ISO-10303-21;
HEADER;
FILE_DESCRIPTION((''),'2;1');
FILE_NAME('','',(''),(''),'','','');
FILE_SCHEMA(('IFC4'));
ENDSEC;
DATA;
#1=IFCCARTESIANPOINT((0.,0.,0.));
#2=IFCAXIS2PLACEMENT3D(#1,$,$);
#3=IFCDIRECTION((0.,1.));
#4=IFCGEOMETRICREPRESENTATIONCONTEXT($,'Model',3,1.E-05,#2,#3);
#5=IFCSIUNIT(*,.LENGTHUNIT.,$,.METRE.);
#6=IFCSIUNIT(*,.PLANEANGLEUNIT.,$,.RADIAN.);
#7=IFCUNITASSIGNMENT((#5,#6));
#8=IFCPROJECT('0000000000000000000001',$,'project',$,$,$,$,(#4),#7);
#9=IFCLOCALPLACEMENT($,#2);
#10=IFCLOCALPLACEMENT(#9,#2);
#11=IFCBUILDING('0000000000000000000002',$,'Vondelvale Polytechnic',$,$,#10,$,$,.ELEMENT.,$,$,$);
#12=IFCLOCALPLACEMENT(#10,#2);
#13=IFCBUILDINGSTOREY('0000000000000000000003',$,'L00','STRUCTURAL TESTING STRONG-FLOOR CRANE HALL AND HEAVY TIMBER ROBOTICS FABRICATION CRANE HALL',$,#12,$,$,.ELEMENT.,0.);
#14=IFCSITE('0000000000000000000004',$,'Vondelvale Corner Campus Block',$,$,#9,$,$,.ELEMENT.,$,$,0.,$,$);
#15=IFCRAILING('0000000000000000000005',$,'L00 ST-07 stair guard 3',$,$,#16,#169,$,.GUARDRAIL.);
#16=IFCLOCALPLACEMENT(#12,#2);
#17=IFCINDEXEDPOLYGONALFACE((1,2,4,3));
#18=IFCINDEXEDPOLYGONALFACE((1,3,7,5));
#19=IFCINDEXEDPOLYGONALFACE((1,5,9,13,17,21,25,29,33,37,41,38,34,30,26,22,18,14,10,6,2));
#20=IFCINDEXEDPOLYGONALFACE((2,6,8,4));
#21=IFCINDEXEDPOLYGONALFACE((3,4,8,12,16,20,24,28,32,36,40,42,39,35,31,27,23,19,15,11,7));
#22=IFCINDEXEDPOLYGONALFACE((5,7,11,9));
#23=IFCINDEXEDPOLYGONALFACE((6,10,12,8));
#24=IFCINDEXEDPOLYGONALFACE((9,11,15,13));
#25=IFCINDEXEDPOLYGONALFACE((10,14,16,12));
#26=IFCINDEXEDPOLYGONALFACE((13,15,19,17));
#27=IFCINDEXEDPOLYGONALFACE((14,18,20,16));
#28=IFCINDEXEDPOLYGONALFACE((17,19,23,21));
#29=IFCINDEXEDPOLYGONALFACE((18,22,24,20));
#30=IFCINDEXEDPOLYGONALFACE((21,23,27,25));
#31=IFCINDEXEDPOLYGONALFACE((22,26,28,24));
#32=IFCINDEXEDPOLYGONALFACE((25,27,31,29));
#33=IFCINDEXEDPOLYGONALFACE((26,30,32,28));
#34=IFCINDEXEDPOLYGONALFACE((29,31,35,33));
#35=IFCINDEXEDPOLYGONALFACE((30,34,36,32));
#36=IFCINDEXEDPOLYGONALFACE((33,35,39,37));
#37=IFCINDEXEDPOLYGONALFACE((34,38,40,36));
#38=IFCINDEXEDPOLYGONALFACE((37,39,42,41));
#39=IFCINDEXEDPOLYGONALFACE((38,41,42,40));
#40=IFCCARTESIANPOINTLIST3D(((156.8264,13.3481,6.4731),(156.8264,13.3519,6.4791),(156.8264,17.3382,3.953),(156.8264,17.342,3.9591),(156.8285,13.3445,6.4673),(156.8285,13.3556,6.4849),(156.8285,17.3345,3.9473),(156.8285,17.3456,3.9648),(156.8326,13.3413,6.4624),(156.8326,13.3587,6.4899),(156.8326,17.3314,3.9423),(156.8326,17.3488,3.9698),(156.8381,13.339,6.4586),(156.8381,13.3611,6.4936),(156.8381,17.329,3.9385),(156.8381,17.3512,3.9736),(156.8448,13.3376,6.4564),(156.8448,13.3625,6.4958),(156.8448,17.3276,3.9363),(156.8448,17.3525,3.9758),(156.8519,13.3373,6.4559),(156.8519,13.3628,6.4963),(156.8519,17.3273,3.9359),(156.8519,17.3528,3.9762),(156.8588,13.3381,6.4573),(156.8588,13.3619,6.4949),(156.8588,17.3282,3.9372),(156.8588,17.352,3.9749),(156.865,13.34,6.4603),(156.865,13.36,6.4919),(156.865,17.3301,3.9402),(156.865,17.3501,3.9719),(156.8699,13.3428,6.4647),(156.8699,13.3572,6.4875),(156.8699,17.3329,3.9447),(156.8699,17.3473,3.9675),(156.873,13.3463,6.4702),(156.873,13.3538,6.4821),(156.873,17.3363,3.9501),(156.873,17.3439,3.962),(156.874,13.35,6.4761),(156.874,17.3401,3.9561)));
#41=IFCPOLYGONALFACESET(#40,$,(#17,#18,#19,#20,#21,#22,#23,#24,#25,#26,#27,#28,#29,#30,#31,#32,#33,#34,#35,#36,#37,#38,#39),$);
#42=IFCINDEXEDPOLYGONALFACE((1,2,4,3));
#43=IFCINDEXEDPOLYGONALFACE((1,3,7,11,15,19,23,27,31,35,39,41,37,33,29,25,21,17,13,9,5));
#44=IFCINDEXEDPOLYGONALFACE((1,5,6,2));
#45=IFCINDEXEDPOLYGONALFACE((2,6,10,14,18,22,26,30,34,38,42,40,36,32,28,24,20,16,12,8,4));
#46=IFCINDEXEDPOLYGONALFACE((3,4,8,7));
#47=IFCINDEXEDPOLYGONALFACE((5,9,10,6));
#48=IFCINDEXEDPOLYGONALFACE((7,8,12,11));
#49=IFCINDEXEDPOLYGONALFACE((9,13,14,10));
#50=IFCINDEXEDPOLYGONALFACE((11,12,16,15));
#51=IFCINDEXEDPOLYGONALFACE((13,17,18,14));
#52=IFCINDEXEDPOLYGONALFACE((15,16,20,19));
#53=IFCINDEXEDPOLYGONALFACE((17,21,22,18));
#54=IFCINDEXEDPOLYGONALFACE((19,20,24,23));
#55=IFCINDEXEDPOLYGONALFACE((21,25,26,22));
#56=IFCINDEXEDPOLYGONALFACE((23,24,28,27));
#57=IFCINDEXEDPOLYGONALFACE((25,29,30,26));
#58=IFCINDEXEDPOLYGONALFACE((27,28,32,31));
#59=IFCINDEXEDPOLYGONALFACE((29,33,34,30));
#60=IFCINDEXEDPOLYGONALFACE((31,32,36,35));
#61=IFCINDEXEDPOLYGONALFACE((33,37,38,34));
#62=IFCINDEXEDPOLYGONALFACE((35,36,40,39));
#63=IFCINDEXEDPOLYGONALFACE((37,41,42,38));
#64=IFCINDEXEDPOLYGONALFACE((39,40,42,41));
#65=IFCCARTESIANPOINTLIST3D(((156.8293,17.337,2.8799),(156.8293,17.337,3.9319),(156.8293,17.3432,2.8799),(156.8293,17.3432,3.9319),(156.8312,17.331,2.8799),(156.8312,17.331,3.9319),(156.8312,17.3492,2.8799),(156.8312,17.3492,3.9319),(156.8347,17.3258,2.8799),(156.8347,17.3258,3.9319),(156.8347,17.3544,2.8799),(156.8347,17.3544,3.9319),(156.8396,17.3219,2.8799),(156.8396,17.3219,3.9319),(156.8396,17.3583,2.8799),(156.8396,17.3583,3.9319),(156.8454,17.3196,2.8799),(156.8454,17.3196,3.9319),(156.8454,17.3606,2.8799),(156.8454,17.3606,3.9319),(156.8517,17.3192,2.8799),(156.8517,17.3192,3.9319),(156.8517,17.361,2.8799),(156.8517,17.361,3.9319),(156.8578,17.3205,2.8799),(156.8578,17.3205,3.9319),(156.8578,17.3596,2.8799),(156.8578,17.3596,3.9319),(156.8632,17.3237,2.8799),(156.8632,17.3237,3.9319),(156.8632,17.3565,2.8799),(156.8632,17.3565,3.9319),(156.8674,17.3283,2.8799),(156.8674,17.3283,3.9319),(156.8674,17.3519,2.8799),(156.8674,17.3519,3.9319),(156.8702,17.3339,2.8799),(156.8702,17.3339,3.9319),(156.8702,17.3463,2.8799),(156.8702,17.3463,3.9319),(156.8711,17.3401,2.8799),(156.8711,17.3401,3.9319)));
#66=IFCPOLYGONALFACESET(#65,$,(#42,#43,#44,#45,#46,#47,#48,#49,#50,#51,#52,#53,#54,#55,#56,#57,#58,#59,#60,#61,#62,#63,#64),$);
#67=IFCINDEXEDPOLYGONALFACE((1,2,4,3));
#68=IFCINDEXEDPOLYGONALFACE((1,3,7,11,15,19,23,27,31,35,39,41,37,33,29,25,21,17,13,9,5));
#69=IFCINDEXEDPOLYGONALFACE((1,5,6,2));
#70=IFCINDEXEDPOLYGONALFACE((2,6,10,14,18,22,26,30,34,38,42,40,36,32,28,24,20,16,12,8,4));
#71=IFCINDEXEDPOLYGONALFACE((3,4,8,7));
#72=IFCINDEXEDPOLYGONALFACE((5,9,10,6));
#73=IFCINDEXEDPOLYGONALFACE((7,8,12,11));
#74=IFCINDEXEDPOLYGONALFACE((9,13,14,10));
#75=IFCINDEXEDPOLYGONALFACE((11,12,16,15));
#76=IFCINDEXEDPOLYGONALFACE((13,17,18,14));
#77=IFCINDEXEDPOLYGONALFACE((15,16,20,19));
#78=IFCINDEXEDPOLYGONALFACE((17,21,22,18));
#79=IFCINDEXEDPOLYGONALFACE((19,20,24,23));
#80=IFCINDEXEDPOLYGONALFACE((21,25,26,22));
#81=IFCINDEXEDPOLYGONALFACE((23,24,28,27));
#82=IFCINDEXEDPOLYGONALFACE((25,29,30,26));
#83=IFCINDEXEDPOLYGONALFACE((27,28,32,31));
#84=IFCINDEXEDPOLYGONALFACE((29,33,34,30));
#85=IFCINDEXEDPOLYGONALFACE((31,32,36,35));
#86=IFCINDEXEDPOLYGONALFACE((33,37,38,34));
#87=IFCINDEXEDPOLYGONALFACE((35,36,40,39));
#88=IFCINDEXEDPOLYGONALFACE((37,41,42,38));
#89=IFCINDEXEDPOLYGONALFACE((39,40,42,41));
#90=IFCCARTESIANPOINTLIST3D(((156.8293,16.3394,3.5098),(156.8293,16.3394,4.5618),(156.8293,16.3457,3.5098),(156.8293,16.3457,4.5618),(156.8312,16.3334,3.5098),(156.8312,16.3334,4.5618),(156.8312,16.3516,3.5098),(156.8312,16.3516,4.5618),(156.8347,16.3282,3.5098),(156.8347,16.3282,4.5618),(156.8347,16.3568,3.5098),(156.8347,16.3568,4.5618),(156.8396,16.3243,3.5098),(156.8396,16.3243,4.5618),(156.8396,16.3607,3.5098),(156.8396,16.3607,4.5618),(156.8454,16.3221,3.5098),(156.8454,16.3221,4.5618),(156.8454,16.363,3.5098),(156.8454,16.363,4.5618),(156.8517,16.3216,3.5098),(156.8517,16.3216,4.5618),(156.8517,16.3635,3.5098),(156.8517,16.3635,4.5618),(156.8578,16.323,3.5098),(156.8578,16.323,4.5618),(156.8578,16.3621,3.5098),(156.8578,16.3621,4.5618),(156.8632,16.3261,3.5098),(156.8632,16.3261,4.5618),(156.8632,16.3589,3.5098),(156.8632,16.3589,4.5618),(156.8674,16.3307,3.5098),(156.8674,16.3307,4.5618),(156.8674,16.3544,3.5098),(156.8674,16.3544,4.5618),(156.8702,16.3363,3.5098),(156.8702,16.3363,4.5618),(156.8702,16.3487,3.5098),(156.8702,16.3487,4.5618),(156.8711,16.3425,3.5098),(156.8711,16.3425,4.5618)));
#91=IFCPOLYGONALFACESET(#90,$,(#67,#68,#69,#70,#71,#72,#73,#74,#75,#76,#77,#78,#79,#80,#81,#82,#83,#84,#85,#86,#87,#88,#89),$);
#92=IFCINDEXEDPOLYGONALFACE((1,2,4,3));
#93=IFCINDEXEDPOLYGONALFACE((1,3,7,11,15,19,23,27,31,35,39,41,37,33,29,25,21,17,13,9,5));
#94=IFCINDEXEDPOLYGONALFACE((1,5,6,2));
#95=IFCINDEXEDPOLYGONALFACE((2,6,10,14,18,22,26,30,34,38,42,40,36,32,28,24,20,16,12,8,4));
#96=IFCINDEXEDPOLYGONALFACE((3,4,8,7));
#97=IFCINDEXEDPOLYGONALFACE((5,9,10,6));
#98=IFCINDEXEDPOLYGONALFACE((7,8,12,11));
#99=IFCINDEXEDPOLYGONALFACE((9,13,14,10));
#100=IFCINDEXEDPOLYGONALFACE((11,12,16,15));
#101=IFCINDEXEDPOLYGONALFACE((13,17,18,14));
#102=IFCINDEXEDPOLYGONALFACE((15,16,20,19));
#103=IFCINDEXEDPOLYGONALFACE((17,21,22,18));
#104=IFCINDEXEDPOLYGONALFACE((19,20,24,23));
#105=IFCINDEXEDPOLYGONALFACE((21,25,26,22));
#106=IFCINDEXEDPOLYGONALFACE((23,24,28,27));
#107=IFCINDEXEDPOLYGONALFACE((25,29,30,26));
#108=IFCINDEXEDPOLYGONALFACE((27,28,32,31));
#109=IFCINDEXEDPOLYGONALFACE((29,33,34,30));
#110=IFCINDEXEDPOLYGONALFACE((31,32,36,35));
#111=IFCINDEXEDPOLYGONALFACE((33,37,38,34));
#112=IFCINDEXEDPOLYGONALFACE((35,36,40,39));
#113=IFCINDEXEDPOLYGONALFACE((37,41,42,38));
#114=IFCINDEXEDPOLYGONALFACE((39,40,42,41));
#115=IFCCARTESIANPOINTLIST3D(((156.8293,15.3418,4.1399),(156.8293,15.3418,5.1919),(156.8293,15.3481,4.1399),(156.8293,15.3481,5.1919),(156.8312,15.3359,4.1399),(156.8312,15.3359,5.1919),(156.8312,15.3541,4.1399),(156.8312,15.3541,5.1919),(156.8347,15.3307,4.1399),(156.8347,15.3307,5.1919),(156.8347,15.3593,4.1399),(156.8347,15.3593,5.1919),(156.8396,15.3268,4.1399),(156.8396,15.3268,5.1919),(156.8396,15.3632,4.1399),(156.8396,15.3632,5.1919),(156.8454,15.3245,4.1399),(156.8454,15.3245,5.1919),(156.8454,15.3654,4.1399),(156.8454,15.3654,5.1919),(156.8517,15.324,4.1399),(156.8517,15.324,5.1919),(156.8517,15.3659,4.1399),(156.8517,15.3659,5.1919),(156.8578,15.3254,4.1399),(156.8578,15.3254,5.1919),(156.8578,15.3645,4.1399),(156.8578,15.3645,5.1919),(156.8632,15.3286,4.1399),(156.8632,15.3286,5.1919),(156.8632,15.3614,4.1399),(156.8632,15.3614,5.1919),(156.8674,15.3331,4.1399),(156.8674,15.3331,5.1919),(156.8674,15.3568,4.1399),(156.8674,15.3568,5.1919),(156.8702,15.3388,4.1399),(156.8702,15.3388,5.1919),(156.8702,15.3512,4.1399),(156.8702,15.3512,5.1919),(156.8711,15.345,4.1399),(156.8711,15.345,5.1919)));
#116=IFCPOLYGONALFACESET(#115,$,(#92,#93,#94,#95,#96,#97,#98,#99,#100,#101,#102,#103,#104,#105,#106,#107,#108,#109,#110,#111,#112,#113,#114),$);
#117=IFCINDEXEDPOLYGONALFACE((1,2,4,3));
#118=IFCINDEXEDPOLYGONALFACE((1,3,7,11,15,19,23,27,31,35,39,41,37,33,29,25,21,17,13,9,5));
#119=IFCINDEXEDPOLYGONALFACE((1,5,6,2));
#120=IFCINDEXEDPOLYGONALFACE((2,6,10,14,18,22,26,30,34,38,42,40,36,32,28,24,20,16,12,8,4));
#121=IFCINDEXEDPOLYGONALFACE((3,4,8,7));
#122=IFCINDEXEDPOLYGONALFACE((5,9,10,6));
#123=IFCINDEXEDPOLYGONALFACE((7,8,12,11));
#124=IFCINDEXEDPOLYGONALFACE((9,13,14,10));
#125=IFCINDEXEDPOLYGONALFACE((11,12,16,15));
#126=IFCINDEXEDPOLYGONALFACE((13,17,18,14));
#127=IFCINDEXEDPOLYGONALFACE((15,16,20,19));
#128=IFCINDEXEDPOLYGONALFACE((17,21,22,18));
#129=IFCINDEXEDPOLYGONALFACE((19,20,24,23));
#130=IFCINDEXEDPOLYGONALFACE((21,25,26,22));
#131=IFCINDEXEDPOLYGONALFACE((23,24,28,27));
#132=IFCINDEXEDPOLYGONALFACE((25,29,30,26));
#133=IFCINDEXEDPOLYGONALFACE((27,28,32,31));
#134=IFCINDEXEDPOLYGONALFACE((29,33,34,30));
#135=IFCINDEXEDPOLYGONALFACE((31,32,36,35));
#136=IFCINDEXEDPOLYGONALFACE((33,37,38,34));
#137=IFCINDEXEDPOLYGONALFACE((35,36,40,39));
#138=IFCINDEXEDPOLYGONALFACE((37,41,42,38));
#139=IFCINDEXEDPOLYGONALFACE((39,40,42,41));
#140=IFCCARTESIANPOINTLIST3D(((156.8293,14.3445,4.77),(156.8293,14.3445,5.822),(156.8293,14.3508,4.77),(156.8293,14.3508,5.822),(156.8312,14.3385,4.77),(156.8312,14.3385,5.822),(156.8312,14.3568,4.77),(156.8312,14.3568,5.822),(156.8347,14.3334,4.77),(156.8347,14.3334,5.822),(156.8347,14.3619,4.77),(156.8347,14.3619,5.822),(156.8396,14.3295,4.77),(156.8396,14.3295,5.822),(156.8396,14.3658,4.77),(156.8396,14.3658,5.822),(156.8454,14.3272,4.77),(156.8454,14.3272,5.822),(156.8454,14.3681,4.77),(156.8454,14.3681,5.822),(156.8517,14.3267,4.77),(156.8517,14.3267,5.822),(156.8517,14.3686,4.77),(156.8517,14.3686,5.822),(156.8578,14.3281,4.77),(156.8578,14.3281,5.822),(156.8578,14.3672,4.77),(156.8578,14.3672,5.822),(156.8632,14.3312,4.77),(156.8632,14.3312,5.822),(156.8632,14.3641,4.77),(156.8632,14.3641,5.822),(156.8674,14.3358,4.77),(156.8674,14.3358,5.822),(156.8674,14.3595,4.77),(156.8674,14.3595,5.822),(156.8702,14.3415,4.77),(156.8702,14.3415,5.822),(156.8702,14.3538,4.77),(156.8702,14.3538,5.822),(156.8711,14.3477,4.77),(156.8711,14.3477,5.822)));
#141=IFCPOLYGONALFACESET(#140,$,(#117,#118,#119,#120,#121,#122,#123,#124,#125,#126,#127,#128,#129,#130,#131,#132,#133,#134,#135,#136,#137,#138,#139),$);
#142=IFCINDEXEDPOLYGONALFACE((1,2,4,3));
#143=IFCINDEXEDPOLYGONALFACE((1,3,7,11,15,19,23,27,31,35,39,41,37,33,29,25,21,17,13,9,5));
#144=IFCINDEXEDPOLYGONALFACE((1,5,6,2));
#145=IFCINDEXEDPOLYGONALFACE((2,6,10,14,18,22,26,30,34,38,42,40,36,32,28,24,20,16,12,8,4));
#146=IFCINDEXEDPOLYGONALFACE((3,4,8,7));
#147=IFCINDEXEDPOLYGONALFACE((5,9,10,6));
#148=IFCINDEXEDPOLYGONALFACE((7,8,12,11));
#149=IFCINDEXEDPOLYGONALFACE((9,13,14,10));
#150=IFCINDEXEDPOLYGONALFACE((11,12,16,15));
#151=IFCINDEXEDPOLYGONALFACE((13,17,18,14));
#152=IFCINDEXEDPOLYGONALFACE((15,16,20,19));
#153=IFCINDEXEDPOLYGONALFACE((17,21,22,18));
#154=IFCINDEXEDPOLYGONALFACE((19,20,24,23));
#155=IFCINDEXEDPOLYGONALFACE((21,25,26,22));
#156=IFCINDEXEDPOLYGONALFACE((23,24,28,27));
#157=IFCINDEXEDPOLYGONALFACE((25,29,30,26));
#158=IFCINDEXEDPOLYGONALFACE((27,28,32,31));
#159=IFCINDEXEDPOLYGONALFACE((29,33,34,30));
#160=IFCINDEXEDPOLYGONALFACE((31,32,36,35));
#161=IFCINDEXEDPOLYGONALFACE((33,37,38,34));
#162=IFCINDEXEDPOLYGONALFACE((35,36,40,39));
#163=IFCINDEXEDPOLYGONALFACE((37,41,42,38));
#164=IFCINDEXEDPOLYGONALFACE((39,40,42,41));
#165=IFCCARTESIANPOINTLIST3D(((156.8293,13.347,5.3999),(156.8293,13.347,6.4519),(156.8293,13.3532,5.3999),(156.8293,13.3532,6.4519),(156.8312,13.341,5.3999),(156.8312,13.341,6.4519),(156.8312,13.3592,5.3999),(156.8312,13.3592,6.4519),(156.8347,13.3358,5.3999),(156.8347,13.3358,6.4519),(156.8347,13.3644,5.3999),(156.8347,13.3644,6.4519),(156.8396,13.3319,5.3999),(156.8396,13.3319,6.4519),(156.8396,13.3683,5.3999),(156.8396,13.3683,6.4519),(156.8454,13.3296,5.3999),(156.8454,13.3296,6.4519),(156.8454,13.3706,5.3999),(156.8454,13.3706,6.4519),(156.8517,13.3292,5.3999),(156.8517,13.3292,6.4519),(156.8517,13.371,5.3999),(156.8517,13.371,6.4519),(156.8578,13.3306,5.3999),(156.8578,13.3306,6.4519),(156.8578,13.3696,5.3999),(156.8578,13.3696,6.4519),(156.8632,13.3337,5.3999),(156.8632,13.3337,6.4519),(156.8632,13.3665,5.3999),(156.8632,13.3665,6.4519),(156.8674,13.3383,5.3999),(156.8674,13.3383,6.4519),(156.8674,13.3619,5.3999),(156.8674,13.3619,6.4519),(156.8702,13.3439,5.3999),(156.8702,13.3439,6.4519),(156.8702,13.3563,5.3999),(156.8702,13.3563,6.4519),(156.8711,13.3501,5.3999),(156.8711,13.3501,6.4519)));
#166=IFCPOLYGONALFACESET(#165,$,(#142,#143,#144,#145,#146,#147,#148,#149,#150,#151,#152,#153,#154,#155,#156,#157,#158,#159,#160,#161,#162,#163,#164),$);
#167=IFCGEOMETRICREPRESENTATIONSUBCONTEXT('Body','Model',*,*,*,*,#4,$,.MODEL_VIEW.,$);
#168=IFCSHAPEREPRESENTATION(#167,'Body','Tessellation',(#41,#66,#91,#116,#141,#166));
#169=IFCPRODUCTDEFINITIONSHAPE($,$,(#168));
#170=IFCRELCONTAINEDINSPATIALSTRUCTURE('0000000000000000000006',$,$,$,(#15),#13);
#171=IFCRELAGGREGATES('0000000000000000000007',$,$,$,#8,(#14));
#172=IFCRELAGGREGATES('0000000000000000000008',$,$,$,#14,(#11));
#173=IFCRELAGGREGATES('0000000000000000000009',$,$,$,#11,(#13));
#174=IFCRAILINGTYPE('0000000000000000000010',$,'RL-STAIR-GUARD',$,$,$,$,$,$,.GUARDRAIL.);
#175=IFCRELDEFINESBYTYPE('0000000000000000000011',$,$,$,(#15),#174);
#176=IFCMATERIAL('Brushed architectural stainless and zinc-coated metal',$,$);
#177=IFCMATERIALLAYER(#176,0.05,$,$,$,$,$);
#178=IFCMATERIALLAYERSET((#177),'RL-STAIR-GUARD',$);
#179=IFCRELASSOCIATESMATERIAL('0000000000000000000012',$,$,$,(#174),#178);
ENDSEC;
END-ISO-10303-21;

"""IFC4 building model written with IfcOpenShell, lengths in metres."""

from ifc_helpers import new_model, si_unit, direction, frame, origin, origin_2d, place, context, subcontext, project, spatial, circle, extrude, material, layer, layer_set, type_object, element, save


model = new_model("IFC4")

# Units and contexts
model_context = context("Model", 3, precision=1e-05, world=origin(), true_north=direction((0.0, 1.0)))
body_context = subcontext(model_context, "Body", "Model", "MODEL_VIEW")
ifc_project = project(units=[si_unit("LENGTHUNIT", "METRE"), si_unit("PLANEANGLEUNIT", "RADIAN")], contexts=[model_context])

# Site, building, storey
site_placement = place(None, origin())
site = spatial("IfcSite", under=ifc_project, at=site_placement, Name="Vondelvale Corner Campus Block", CompositionType="ELEMENT", RefElevation=0.0)
building_placement = place(site_placement, origin())
building = spatial("IfcBuilding", under=site, at=building_placement, Name="Vondelvale Polytechnic", CompositionType="ELEMENT")
storey_placement = place(building_placement, origin())
storey = spatial("IfcBuildingStorey", under=building, at=storey_placement, Name="L00", Description="STRUCTURAL TESTING STRONG-FLOOR CRANE HALL AND HEAVY TIMBER ROBOTICS FABRICATION CRANE HALL", CompositionType="ELEMENT", Elevation=0.0)

# Railing
ifc_material_1 = material(Name="Brushed architectural stainless and zinc-coated metal")
ifc_layer_1 = layer(ifc_material_1, 0.05)
ifc_layer_set_1 = layer_set([ifc_layer_1], Name="RL-STAIR-GUARD")
railing_type_1 = type_object("IfcRailingType", Name="RL-STAIR-GUARD", PredefinedType="GUARDRAIL", material=ifc_layer_set_1)
railing_1_placement = place(storey_placement, frame((156.8501, 17.3401, 2.8799)))
element("IfcRailing", 1, at=railing_1_placement, inside=storey, type_object=railing_type_1, Name="L00 ST-07 stair guard 3", PredefinedType="GUARDRAIL", context=body_context, shape_type="SweptSolid", body=[
    extrude(circle(Radius=0.0239, at=origin_2d()), frame((0.0, 0.0, 1.0762), z_axis=(0.0, -0.845486, 0.533997), x_axis=(1.0, 0.0, 0.0)), (0.0, 0.0, 1.0), 4.7192),
    extrude(circle(Radius=0.021, at=origin_2d()), origin(), (0.0, 0.0, 1.0), 1.052),
    extrude(circle(Radius=0.021, at=origin_2d()), frame((0.0, -0.9976, 0.6299)), (0.0, 0.0, 1.0), 1.052),
    extrude(circle(Radius=0.021, at=origin_2d()), frame((0.0, -1.9951, 1.26)), (0.0, 0.0, 1.0), 1.052),
    extrude(circle(Radius=0.021, at=origin_2d()), frame((0.0, -2.9924, 1.8901)), (0.0, 0.0, 1.0), 1.052),
    extrude(circle(Radius=0.021, at=origin_2d()), frame((0.0, -3.99, 2.52)), (0.0, 0.0, 1.0), 1.052),
])

save(model, "model.ifc")
